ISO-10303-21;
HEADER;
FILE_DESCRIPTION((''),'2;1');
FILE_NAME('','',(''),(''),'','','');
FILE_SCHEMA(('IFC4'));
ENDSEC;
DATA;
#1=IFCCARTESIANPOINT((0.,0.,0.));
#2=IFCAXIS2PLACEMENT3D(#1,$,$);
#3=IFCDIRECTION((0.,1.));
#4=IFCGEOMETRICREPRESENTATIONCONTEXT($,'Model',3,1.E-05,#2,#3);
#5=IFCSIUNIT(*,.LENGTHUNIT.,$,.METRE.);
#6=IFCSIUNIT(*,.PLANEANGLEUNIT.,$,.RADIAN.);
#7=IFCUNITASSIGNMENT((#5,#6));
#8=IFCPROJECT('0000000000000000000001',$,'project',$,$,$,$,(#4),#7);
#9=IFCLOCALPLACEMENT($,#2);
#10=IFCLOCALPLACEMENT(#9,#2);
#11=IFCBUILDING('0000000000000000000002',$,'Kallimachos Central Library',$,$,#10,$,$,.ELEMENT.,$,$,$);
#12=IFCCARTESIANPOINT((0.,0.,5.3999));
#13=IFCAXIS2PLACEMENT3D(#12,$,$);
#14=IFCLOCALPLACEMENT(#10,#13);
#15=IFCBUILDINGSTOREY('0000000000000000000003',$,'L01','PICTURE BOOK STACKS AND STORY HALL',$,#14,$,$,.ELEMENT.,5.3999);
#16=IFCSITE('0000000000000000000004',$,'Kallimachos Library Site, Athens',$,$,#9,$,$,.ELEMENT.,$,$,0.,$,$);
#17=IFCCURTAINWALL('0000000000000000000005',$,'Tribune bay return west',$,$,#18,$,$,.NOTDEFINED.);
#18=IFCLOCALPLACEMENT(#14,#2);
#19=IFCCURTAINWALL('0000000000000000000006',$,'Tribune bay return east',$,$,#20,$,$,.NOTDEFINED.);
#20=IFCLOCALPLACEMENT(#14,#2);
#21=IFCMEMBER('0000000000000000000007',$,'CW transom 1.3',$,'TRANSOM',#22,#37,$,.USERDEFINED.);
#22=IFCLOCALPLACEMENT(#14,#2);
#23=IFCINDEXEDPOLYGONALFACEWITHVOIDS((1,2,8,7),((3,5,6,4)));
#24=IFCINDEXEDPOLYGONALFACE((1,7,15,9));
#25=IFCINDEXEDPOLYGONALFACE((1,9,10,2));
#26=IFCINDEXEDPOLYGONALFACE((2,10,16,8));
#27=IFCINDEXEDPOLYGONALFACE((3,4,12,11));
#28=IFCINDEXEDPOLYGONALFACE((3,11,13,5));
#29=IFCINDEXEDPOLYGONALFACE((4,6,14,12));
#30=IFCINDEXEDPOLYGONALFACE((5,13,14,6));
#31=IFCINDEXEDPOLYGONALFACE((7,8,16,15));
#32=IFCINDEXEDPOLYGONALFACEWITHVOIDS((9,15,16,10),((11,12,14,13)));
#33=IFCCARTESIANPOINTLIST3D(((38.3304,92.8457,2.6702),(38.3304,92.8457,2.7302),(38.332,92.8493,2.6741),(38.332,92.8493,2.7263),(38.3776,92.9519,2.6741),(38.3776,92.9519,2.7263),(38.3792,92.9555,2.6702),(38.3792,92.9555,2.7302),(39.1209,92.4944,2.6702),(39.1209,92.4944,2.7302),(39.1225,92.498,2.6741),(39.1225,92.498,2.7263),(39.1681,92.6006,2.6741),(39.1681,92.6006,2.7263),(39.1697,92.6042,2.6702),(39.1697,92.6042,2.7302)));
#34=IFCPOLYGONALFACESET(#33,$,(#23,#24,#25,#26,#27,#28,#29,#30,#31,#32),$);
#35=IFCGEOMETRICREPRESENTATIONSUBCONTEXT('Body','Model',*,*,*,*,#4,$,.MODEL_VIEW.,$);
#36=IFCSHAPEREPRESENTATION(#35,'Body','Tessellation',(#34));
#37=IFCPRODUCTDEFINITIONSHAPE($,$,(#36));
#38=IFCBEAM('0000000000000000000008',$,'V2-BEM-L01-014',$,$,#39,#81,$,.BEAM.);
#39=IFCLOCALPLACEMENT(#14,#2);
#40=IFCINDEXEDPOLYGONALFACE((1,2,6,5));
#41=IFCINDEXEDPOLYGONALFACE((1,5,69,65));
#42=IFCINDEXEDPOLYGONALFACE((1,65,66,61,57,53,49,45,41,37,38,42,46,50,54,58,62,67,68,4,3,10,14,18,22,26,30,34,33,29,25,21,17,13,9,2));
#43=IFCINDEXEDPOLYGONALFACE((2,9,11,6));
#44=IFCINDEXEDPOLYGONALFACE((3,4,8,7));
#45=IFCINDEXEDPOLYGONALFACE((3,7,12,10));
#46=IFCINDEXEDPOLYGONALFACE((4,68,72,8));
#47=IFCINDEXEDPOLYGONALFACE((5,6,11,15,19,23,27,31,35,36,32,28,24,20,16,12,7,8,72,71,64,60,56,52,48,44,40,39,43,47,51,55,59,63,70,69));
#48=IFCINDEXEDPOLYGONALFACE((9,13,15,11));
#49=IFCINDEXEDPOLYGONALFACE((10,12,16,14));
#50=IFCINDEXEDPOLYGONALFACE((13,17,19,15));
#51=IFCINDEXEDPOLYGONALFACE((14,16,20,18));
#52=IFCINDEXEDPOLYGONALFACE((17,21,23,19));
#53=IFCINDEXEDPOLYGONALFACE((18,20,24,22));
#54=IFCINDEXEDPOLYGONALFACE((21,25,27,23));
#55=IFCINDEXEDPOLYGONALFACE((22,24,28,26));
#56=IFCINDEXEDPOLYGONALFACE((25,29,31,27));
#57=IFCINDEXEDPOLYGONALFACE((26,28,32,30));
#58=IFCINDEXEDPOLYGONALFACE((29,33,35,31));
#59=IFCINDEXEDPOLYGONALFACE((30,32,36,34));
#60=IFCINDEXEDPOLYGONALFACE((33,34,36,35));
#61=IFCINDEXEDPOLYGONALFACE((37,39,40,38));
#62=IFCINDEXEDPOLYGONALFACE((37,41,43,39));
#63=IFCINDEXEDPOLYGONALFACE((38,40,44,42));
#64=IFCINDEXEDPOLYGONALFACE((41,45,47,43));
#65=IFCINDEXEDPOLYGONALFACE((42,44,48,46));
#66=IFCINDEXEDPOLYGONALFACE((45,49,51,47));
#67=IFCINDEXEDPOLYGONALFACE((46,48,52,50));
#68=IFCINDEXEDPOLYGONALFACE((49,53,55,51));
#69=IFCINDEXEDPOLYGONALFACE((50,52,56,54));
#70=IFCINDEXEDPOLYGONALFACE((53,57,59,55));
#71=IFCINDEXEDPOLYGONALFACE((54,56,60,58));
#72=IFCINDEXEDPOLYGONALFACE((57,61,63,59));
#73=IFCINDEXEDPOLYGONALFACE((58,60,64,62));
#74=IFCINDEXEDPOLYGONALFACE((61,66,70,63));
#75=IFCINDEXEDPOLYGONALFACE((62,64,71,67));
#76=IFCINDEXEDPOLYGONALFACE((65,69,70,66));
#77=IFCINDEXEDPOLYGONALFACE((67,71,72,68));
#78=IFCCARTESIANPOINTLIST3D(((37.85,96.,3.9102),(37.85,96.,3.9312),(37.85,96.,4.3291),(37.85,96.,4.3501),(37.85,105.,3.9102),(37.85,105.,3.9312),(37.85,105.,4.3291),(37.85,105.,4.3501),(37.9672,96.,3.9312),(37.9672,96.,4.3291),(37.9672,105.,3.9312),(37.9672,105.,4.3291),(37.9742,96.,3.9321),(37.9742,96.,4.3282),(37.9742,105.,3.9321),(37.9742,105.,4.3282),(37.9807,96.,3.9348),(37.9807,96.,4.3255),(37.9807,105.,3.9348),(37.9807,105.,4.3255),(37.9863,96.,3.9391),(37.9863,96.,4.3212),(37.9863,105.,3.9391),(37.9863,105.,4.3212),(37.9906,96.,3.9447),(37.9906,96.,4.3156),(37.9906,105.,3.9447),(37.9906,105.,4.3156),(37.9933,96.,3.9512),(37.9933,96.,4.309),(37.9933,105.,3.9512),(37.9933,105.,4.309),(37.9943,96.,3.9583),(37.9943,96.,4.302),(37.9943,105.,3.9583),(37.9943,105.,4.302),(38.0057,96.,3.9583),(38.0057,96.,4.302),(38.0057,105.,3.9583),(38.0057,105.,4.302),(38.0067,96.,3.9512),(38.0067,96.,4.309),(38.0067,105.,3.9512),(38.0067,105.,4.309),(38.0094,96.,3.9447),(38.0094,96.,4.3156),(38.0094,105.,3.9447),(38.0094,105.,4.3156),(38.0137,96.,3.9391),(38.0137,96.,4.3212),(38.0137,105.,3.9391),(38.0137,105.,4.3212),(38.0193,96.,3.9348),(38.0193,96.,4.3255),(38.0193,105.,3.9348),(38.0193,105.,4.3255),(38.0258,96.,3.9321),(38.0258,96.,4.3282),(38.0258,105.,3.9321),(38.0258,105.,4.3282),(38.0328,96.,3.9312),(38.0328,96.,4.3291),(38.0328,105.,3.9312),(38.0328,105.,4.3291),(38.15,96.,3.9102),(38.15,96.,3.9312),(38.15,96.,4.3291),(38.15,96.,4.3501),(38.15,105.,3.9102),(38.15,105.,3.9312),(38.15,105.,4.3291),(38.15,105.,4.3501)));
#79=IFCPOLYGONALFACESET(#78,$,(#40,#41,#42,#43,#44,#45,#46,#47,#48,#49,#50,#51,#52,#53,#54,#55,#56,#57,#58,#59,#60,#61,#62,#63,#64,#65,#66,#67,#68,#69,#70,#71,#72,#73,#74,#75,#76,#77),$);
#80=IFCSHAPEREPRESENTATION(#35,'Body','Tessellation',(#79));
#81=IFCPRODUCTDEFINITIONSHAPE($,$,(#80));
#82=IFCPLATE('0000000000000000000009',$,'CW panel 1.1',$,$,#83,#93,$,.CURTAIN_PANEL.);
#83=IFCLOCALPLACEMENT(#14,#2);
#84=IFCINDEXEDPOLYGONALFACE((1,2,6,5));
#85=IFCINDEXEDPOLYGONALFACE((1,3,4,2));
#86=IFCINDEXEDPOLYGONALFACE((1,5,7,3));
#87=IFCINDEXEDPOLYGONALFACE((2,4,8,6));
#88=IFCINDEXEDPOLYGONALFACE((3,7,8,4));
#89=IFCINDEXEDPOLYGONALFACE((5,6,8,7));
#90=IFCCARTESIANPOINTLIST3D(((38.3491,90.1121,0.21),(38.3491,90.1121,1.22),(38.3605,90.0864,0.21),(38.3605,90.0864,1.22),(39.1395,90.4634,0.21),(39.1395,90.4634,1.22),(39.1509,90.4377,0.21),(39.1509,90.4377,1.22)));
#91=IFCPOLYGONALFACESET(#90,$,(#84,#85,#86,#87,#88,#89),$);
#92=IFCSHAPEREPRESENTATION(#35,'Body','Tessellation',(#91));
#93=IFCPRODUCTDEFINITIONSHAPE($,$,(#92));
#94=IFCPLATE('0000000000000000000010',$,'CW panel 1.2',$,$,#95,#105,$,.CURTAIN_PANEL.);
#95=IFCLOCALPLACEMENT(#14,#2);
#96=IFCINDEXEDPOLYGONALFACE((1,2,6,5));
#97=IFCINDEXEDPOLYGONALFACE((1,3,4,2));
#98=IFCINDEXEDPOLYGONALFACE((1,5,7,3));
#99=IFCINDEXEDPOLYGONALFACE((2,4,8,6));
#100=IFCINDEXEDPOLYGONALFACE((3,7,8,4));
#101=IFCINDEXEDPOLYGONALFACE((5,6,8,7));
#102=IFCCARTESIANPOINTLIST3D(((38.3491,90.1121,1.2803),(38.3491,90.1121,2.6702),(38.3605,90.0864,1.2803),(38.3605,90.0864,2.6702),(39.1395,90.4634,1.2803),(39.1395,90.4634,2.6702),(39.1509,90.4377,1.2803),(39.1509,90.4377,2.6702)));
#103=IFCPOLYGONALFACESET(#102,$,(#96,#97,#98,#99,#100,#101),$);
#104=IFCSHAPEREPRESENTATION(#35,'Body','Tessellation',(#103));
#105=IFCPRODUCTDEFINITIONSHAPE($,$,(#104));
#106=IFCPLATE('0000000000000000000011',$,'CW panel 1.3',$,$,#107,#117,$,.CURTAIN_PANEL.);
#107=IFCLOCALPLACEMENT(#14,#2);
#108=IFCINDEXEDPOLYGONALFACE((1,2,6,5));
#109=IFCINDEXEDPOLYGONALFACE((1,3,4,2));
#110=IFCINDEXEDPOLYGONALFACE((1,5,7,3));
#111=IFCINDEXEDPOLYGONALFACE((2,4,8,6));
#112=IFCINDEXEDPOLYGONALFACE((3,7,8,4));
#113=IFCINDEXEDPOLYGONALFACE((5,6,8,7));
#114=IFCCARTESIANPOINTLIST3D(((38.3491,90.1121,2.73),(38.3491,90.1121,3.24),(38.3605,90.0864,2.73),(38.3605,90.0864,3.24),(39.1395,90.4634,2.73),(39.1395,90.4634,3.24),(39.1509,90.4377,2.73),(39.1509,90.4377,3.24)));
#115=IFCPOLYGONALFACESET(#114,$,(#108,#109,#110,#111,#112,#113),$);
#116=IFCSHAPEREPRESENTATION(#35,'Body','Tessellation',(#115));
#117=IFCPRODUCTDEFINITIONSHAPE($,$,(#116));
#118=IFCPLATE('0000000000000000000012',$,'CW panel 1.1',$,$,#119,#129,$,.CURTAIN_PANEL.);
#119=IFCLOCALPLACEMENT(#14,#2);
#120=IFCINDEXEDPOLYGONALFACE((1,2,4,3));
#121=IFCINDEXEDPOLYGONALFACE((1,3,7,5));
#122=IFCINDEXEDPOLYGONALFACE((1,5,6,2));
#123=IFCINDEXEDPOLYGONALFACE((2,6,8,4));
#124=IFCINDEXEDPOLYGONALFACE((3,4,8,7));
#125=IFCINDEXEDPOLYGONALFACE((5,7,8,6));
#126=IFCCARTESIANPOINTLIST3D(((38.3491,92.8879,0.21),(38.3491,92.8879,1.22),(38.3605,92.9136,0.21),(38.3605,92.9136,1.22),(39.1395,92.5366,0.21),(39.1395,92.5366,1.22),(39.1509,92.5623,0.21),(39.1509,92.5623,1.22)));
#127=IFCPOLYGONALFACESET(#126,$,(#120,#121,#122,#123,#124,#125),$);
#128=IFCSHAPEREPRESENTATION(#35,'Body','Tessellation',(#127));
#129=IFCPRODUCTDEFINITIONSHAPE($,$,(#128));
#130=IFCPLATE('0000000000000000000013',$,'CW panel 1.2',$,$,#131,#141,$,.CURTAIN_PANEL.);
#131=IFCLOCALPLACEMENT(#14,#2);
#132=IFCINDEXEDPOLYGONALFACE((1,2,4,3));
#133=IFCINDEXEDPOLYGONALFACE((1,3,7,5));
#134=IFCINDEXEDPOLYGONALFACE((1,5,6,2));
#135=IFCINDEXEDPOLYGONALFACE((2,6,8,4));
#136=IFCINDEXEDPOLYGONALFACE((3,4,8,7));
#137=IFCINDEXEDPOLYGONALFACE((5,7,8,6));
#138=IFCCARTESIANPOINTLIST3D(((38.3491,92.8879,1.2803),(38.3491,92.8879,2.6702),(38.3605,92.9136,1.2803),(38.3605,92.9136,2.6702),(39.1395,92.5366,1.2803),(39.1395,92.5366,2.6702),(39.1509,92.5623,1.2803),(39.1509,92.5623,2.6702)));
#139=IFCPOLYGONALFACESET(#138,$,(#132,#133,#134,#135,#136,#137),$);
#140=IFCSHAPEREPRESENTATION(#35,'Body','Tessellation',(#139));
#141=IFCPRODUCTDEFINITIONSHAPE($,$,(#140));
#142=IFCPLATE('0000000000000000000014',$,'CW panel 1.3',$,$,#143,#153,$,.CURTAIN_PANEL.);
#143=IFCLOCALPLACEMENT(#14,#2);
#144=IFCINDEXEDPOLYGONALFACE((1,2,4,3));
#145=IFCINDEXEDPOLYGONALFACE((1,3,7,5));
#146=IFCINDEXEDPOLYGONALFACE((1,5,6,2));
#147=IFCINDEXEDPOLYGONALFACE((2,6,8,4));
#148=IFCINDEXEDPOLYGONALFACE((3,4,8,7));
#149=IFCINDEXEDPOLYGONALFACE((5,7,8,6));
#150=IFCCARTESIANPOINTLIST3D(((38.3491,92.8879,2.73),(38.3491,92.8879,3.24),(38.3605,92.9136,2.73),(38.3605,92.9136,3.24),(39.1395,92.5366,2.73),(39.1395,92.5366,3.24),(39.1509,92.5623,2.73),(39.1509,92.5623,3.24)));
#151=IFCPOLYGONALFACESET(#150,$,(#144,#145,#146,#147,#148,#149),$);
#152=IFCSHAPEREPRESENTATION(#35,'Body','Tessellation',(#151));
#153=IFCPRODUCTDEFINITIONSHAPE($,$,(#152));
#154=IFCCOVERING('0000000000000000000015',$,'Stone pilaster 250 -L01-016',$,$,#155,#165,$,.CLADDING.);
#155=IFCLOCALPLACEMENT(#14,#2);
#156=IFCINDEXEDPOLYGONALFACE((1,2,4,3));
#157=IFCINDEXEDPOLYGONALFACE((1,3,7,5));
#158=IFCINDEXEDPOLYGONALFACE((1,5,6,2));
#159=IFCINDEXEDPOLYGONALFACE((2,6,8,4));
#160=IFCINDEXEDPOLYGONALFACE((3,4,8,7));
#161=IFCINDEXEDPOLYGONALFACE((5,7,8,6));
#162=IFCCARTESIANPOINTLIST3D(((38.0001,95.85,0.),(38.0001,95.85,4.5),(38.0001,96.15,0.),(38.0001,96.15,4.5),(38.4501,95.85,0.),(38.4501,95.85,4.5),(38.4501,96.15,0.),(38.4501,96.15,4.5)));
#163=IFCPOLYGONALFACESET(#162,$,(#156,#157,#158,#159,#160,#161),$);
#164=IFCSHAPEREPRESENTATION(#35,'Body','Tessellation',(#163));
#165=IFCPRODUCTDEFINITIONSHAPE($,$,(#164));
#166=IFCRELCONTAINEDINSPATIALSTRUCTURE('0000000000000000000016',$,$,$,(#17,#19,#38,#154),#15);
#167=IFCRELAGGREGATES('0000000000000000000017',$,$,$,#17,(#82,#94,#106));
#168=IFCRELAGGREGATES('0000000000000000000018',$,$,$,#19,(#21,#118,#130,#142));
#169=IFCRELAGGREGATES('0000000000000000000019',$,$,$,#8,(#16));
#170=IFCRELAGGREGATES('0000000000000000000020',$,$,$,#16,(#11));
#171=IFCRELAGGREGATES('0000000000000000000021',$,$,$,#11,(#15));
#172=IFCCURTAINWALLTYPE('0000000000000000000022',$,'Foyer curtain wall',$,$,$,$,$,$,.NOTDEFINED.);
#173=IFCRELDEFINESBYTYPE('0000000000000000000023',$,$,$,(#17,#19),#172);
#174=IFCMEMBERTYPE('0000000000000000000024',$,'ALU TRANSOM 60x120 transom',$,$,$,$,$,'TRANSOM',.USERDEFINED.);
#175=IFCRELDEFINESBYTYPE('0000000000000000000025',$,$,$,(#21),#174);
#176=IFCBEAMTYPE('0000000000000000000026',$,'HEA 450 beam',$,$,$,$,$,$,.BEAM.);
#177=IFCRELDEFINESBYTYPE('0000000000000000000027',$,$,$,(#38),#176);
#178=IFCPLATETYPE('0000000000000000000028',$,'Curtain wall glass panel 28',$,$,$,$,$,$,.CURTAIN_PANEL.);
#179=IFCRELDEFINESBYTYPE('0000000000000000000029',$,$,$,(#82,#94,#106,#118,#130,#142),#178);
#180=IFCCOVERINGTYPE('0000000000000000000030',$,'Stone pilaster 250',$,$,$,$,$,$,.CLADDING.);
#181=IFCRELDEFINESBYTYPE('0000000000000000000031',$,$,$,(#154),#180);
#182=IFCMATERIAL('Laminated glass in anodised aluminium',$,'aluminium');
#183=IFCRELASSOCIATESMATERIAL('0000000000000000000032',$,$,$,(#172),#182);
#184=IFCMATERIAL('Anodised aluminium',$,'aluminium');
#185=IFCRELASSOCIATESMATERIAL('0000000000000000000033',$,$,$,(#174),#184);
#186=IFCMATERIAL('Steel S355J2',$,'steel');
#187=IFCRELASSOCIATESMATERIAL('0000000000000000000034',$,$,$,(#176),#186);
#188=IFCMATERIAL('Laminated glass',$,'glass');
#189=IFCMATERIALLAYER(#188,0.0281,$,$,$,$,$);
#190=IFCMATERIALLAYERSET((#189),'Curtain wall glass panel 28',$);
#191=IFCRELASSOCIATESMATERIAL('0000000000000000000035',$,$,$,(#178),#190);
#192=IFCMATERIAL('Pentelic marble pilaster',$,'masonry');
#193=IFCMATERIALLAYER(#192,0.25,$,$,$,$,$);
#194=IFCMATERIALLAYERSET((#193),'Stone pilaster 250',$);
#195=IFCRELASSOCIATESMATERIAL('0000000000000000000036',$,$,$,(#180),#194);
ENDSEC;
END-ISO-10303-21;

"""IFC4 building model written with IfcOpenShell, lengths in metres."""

from ifc_helpers import new_model, si_unit, direction, frame, origin, origin_2d, place, context, subcontext, project, spatial, rectangle, hollow_rectangle, i_section, extrude, material, layer, layer_set, material_profile, profile_set, type_object, element, aggregate, save


model = new_model("IFC4")

# Units and contexts
model_context = context("Model", 3, precision=1e-05, world=origin(), true_north=direction((0.0, 1.0)))
body_context = subcontext(model_context, "Body", "Model", "MODEL_VIEW")
ifc_project = project(units=[si_unit("LENGTHUNIT", "METRE"), si_unit("PLANEANGLEUNIT", "RADIAN")], contexts=[model_context])

# Site, building, storey
site_placement = place(None, origin())
site = spatial("IfcSite", under=ifc_project, at=site_placement, Name="Kallimachos Library Site, Athens", CompositionType="ELEMENT", RefElevation=0.0)
building_placement = place(site_placement, origin())
building = spatial("IfcBuilding", under=site, at=building_placement, Name="Kallimachos Central Library", CompositionType="ELEMENT")
storey_placement = place(building_placement, frame((0.0, 0.0, 5.3999)))
storey = spatial("IfcBuildingStorey", under=building, at=storey_placement, Name="L01", Description="PICTURE BOOK STACKS AND STORY HALL", CompositionType="ELEMENT", Elevation=5.3999)

# Curtain walls
ifc_material_1 = material(Name="Laminated glass in anodised aluminium", Category="aluminium")
curtain_wall_type = type_object("IfcCurtainWallType", Name="Foyer curtain wall", PredefinedType="NOTDEFINED", material=ifc_material_1)
curtain_wall_1_placement = place(storey_placement, origin())
curtain_wall_1 = element("IfcCurtainWall", 1, at=curtain_wall_1_placement, inside=storey, type_object=curtain_wall_type, Name="Tribune bay return west", PredefinedType="NOTDEFINED")
curtain_wall_2_placement = place(storey_placement, origin())
curtain_wall_2 = element("IfcCurtainWall", 2, at=curtain_wall_2_placement, inside=storey, type_object=curtain_wall_type, Name="Tribune bay return east", PredefinedType="NOTDEFINED")

# Member
ifc_material_2 = material(Name="Anodised aluminium", Category="aluminium")
ifc_material_profile_1 = material_profile(ifc_material_2, hollow_rectangle(XDim=0.0601, YDim=0.1201, WallThickness=0.0039, at=origin_2d()), Name="ALU TRANSOM 60x120")
ifc_profile_set_1 = profile_set([ifc_material_profile_1], Name="Anodised aluminium")
member_type_1 = type_object("IfcMemberType", Name="ALU TRANSOM 60x120 transom", ElementType="TRANSOM", PredefinedType="USERDEFINED", material=ifc_profile_set_1)
member_1_placement = place(storey_placement, frame((39.1453, 92.5493, 2.7002), z_axis=(-0.913823, 0.406112, 0.0), x_axis=(0.0, 0.0, 1.0)))
member_1 = element("IfcMember", 3, at=member_1_placement, type_object=member_type_1, Name="CW transom 1.3", ObjectType="TRANSOM", PredefinedType="USERDEFINED", context=body_context, shape_type="SweptSolid", body=[
    extrude(hollow_rectangle(XDim=0.0601, YDim=0.1201, WallThickness=0.0039, at=origin_2d()), origin(), (0.0, 0.0, 1.0), 0.865),
])

# Beam
ifc_material_3 = material(Name="Steel S355J2", Category="steel")
ifc_material_profile_2 = material_profile(ifc_material_3, i_section(OverallWidth=0.3, OverallDepth=0.4399, WebThickness=0.0115, FlangeThickness=0.021, FilletRadius=0.0271, at=origin_2d()), Name="HEA 450")
ifc_profile_set_2 = profile_set([ifc_material_profile_2], Name="Steel S355J2")
beam_type = type_object("IfcBeamType", Name="HEA 450 beam", PredefinedType="BEAM", material=ifc_profile_set_2)
beam_placement = place(storey_placement, frame((38.0, 96.0, 4.1301), z_axis=(0.0, 1.0, 0.0), x_axis=(-1.0, 0.0, 0.0)))
element("IfcBeam", 4, at=beam_placement, inside=storey, type_object=beam_type, Name="V2-BEM-L01-014", PredefinedType="BEAM", context=body_context, shape_type="SweptSolid", body=[
    extrude(i_section(OverallWidth=0.3, OverallDepth=0.4399, WebThickness=0.0115, FlangeThickness=0.021, FilletRadius=0.0271, at=origin_2d()), origin(), (0.0, 0.0, 1.0), 9.0),
])

# Plates
ifc_material_4 = material(Name="Laminated glass", Category="glass")
ifc_layer_1 = layer(ifc_material_4, 0.0281)
ifc_layer_set_1 = layer_set([ifc_layer_1], Name="Curtain wall glass panel 28")
plate_type = type_object("IfcPlateType", Name="Curtain wall glass panel 28", PredefinedType="CURTAIN_PANEL", material=ifc_layer_set_1)
plate_1_placement = place(storey_placement, frame((38.75, 90.2749, 0.21), z_axis=(0.0, 0.0, 1.0), x_axis=(0.913812, 0.406138, 0.0)))
plate_1 = element("IfcPlate", 5, at=plate_1_placement, type_object=plate_type, Name="CW panel 1.1", PredefinedType="CURTAIN_PANEL", context=body_context, shape_type="SweptSolid", body=[
    extrude(rectangle(XDim=0.865, YDim=0.0281, at=origin_2d()), origin(), (0.0, 0.0, 1.0), 1.01),
])
plate_2_placement = place(storey_placement, frame((38.75, 90.2749, 1.2803), z_axis=(0.0, 0.0, 1.0), x_axis=(0.913812, 0.406138, 0.0)))
plate_2 = element("IfcPlate", 6, at=plate_2_placement, type_object=plate_type, Name="CW panel 1.2", PredefinedType="CURTAIN_PANEL", context=body_context, shape_type="SweptSolid", body=[
    extrude(rectangle(XDim=0.865, YDim=0.0281, at=origin_2d()), origin(), (0.0, 0.0, 1.0), 1.3899),
])
plate_3_placement = place(storey_placement, frame((38.75, 90.2749, 2.73), z_axis=(0.0, 0.0, 1.0), x_axis=(0.913812, 0.406138, 0.0)))
plate_3 = element("IfcPlate", 7, at=plate_3_placement, type_object=plate_type, Name="CW panel 1.3", PredefinedType="CURTAIN_PANEL", context=body_context, shape_type="SweptSolid", body=[
    extrude(rectangle(XDim=0.865, YDim=0.0281, at=origin_2d()), origin(), (0.0, 0.0, 1.0), 0.51),
])
aggregate(curtain_wall_1, [plate_1, plate_2, plate_3])
plate_4_placement = place(storey_placement, frame((38.75, 92.7251, 0.21), z_axis=(0.0, 0.0, 1.0), x_axis=(-0.913812, 0.406138, 0.0)))
plate_4 = element("IfcPlate", 8, at=plate_4_placement, type_object=plate_type, Name="CW panel 1.1", PredefinedType="CURTAIN_PANEL", context=body_context, shape_type="SweptSolid", body=[
    extrude(rectangle(XDim=0.865, YDim=0.0281, at=origin_2d()), origin(), (0.0, 0.0, 1.0), 1.01),
])
plate_5_placement = place(storey_placement, frame((38.75, 92.7251, 1.2803), z_axis=(0.0, 0.0, 1.0), x_axis=(-0.913812, 0.406138, 0.0)))
plate_5 = element("IfcPlate", 9, at=plate_5_placement, type_object=plate_type, Name="CW panel 1.2", PredefinedType="CURTAIN_PANEL", context=body_context, shape_type="SweptSolid", body=[
    extrude(rectangle(XDim=0.865, YDim=0.0281, at=origin_2d()), origin(), (0.0, 0.0, 1.0), 1.3899),
])
plate_6_placement = place(storey_placement, frame((38.75, 92.7251, 2.73), z_axis=(0.0, 0.0, 1.0), x_axis=(-0.913812, 0.406138, 0.0)))
plate_6 = element("IfcPlate", 10, at=plate_6_placement, type_object=plate_type, Name="CW panel 1.3", PredefinedType="CURTAIN_PANEL", context=body_context, shape_type="SweptSolid", body=[
    extrude(rectangle(XDim=0.865, YDim=0.0281, at=origin_2d()), origin(), (0.0, 0.0, 1.0), 0.51),
])
aggregate(curtain_wall_2, [member_1, plate_4, plate_5, plate_6])

# Covering
ifc_material_5 = material(Name="Pentelic marble pilaster", Category="masonry")
ifc_layer_2 = layer(ifc_material_5, 0.25)
ifc_layer_set_2 = layer_set([ifc_layer_2], Name="Stone pilaster 250")
covering_type_1 = type_object("IfcCoveringType", Name="Stone pilaster 250", PredefinedType="CLADDING", material=ifc_layer_set_2)
covering_1_placement = place(storey_placement, frame((38.2251, 96.0, 0.0), z_axis=(0.0, 0.0, 1.0), x_axis=(1.0, 0.0, 0.0)))
element("IfcCovering", 11, at=covering_1_placement, inside=storey, type_object=covering_type_1, Name="Stone pilaster 250 -L01-016", PredefinedType="CLADDING", context=body_context, shape_type="SweptSolid", body=[
    extrude(rectangle(XDim=0.45, YDim=0.3, at=origin_2d()), origin(), (0.0, 0.0, 1.0), 4.5),
])

save(model, "model.ifc")
